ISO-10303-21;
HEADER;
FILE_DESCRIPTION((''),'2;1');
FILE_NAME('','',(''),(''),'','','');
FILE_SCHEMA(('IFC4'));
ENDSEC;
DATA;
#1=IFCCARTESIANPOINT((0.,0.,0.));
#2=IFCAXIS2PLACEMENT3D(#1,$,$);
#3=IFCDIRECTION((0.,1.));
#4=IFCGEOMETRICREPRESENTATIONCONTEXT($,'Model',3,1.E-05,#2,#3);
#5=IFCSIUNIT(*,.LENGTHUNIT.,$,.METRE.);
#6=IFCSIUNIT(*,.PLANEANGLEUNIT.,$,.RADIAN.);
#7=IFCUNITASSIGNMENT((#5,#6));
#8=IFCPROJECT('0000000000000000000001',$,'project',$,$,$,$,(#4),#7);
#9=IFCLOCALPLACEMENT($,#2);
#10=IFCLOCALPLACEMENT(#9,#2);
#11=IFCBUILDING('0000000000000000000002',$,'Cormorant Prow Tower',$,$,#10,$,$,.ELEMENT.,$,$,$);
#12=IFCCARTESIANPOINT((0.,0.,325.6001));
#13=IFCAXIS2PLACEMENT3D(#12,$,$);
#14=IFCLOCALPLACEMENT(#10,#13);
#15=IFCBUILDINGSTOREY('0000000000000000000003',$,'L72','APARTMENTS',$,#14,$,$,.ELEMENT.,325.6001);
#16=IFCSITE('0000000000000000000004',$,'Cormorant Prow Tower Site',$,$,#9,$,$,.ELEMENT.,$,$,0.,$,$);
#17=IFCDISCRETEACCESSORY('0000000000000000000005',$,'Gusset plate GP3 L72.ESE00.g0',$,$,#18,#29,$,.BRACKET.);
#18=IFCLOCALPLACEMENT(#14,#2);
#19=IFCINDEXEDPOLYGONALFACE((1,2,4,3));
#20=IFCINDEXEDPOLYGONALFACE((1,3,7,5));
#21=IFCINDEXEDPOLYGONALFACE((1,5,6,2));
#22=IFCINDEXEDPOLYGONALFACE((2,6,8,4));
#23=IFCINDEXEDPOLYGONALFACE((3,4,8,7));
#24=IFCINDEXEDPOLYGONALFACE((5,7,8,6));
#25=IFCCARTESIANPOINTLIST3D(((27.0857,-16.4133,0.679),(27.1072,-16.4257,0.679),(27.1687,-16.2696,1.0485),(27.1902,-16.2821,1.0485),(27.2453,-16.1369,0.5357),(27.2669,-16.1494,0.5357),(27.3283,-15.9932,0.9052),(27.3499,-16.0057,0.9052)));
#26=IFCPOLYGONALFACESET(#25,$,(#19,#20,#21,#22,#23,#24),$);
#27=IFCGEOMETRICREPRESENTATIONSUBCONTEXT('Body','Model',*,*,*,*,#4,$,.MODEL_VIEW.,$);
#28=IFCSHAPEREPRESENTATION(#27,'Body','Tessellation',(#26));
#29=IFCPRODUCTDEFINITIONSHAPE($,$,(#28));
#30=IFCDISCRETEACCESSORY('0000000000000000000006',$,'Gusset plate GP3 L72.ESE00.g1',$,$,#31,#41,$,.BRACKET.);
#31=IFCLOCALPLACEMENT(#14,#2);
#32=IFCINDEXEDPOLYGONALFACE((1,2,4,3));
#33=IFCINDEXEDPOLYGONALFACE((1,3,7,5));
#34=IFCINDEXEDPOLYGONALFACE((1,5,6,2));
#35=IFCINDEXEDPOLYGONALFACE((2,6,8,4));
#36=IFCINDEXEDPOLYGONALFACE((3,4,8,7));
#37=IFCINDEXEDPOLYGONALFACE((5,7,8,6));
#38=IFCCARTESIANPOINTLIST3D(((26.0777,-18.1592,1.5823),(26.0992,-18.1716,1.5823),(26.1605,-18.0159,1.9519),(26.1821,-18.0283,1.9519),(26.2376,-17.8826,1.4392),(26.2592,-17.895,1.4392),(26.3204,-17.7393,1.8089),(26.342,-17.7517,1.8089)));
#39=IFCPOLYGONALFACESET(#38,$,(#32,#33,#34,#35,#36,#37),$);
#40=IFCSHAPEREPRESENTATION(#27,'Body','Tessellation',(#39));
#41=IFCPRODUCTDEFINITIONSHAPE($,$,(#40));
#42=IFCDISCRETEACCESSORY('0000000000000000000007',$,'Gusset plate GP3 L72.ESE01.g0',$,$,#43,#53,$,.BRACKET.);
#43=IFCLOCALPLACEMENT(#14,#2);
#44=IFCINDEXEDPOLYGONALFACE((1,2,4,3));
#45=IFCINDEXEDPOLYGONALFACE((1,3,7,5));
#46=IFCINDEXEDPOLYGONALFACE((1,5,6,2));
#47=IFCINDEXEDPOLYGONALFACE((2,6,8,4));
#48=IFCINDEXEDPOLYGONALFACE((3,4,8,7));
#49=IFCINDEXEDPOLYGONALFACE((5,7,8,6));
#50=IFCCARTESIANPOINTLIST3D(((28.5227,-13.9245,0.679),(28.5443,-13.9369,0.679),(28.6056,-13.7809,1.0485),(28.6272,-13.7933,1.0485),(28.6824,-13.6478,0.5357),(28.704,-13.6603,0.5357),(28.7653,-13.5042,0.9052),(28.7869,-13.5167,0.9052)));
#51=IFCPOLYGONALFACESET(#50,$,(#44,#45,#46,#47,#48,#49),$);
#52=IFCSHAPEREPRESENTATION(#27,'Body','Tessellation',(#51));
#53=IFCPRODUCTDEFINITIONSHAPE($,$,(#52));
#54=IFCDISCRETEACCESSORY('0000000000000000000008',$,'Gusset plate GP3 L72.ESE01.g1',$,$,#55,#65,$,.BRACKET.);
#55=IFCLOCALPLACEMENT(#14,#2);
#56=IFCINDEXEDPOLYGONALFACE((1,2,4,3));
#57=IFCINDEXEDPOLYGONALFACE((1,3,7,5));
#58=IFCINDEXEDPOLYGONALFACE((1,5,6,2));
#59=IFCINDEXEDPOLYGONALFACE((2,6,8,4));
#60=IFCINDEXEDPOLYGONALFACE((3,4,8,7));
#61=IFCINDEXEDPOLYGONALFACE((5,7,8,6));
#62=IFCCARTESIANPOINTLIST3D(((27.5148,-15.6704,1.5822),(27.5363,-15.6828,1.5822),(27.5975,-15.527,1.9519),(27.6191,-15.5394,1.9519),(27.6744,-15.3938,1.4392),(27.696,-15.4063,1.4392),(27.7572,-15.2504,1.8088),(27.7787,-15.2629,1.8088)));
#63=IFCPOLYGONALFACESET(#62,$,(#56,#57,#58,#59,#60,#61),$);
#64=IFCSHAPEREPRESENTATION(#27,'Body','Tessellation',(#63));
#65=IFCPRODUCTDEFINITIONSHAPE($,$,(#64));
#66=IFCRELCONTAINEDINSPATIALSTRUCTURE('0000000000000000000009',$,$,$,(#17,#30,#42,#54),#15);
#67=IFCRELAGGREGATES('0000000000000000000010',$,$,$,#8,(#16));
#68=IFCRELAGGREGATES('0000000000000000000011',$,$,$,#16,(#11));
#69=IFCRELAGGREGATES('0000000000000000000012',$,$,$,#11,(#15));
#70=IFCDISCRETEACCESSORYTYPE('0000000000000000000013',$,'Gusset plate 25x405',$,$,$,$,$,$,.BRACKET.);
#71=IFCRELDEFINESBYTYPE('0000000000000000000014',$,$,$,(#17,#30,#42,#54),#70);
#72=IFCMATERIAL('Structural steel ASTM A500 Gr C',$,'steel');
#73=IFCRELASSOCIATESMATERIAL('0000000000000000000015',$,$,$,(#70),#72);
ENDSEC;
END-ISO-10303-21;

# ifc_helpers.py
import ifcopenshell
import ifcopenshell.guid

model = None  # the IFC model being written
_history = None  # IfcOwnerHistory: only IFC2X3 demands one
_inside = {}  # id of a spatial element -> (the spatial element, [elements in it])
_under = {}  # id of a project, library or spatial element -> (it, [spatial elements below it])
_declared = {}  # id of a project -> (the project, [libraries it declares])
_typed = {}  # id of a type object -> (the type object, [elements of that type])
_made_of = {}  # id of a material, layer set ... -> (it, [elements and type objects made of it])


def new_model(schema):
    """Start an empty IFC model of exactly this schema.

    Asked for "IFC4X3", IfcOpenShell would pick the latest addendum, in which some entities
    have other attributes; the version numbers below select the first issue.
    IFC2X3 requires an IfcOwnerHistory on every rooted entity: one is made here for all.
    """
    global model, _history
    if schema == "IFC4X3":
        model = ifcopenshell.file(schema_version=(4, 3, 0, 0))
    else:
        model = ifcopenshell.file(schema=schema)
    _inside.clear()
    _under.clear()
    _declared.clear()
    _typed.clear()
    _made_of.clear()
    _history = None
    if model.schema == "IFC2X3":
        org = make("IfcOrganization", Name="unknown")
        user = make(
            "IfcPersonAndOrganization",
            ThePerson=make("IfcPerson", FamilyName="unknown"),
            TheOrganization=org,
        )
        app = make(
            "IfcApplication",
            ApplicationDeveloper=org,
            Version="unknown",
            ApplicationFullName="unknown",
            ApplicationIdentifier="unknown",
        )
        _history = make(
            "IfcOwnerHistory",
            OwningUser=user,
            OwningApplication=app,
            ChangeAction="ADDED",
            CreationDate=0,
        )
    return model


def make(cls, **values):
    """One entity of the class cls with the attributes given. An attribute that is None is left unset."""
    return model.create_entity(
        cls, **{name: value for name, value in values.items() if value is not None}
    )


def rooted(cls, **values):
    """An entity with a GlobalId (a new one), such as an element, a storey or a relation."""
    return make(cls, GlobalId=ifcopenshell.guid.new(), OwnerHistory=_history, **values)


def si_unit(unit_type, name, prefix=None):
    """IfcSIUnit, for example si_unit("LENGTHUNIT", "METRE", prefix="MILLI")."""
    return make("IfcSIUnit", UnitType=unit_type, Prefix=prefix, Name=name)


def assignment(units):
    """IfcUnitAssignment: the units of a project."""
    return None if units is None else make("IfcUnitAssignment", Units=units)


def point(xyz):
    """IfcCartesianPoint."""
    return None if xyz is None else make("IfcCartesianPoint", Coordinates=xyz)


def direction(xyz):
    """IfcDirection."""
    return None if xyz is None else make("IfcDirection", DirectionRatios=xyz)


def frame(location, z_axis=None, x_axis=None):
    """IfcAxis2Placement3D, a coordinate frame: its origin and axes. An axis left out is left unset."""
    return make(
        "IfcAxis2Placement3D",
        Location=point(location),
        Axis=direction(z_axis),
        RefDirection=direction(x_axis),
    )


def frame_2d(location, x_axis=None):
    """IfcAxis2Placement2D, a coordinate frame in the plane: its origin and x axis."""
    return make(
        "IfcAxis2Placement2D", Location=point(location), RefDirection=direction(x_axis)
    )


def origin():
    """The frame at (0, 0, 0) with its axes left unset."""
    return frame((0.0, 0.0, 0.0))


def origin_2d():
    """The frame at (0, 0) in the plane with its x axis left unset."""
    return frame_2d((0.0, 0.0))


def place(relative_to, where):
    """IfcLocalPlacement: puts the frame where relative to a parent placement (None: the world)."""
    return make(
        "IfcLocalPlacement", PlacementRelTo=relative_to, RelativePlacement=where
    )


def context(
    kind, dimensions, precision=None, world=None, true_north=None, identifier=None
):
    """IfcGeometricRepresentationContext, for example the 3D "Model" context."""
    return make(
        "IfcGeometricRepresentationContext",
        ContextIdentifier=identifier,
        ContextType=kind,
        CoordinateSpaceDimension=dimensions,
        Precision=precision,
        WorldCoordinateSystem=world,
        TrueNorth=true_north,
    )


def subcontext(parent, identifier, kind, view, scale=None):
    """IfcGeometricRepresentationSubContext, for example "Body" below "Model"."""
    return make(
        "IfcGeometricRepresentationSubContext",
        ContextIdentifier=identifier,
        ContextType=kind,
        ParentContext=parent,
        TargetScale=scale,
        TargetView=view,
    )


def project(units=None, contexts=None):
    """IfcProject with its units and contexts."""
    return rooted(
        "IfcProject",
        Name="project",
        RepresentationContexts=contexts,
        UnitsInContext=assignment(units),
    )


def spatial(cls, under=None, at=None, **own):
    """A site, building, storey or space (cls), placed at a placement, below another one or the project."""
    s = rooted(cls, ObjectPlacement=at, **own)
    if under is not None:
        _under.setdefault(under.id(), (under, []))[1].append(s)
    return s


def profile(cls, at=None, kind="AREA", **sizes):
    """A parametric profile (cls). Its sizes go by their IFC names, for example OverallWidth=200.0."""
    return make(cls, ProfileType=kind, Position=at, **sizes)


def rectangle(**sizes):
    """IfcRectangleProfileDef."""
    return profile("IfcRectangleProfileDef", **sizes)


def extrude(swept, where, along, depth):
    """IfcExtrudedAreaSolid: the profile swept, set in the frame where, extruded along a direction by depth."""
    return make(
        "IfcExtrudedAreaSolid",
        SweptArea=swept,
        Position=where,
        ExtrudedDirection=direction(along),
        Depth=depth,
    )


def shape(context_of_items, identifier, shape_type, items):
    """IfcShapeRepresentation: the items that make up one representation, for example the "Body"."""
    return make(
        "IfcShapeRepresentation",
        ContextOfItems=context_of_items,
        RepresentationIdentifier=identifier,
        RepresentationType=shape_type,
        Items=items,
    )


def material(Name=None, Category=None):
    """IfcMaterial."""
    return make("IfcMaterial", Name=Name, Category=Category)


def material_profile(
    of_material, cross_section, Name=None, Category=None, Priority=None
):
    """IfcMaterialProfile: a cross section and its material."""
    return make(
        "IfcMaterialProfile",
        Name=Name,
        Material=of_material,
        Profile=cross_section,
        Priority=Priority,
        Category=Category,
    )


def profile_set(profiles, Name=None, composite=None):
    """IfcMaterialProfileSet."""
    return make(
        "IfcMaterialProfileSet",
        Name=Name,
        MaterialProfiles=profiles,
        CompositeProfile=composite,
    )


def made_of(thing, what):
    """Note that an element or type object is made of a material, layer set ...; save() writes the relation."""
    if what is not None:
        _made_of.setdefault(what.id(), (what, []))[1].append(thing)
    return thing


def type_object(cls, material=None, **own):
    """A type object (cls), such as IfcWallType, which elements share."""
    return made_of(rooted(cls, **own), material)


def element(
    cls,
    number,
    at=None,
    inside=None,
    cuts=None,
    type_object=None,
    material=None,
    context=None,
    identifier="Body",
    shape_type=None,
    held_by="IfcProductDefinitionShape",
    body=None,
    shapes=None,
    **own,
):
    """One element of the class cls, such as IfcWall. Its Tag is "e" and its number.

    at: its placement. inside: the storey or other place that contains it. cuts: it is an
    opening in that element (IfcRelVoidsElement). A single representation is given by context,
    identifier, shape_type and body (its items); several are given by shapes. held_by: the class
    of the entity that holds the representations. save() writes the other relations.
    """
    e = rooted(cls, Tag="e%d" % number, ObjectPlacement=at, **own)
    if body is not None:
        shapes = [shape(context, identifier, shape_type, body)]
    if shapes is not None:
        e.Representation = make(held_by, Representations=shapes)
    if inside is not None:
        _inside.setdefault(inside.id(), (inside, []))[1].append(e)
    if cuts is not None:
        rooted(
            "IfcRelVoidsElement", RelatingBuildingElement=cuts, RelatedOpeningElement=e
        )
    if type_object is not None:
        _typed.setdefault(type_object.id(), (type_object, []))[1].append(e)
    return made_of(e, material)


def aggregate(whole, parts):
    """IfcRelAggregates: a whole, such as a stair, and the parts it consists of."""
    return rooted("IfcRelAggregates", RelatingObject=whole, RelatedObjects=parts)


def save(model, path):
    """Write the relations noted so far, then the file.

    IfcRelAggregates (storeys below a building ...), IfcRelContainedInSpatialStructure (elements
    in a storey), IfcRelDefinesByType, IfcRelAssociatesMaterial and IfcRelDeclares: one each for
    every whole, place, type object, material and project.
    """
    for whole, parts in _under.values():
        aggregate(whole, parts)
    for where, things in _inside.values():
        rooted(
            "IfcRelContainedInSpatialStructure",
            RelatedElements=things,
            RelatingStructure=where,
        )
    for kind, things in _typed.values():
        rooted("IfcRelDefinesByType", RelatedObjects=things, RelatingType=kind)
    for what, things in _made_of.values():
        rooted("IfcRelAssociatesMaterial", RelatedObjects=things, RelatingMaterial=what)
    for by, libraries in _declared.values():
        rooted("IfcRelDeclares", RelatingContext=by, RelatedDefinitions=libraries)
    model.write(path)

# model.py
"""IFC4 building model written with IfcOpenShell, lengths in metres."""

from ifc_helpers import new_model, si_unit, direction, frame, origin, origin_2d, place, context, subcontext, project, spatial, rectangle, extrude, material, material_profile, profile_set, type_object, element, save


model = new_model("IFC4")

# Units and contexts
model_context = context("Model", 3, precision=1e-05, world=origin(), true_north=direction((0.0, 1.0)))
body_context = subcontext(model_context, "Body", "Model", "MODEL_VIEW")
ifc_project = project(units=[si_unit("LENGTHUNIT", "METRE"), si_unit("PLANEANGLEUNIT", "RADIAN")], contexts=[model_context])

# Site, building, storey
site_placement = place(None, origin())
site = spatial("IfcSite", under=ifc_project, at=site_placement, Name="Cormorant Prow Tower Site", CompositionType="ELEMENT", RefElevation=0.0)
building_placement = place(site_placement, origin())
building = spatial("IfcBuilding", under=site, at=building_placement, Name="Cormorant Prow Tower", CompositionType="ELEMENT")
storey_placement = place(building_placement, frame((0.0, 0.0, 325.6001)))
storey = spatial("IfcBuildingStorey", under=building, at=storey_placement, Name="L72", Description="APARTMENTS", CompositionType="ELEMENT", Elevation=325.6001)

# Discrete accessories
ifc_material_1 = material(Name="Structural steel ASTM A500 Gr C", Category="steel")
ifc_material_profile_1 = material_profile(ifc_material_1, rectangle(XDim=0.0249, YDim=0.405, at=origin_2d()), Name="Gusset plate 25x405")
ifc_profile_set_1 = profile_set([ifc_material_profile_1], Name="Structural steel ASTM A500 Gr C")
discrete_accessory_type = type_object("IfcDiscreteAccessoryType", Name="Gusset plate 25x405", PredefinedType="BRACKET", material=ifc_profile_set_1)
discrete_accessory_1_placement = place(storey_placement, frame((27.1379, -16.3477, 0.8638), z_axis=(0.456361, 0.789909, -0.409608), x_axis=(-0.86588, 0.500252, 0.0)))
element("IfcDiscreteAccessory", 1, at=discrete_accessory_1_placement, inside=storey, type_object=discrete_accessory_type, Name="Gusset plate GP3 L72.ESE00.g0", PredefinedType="BRACKET", context=body_context, shape_type="SweptSolid", body=[
    extrude(rectangle(XDim=0.0249, YDim=0.405, at=origin_2d()), origin(), (0.0, 0.0, 1.0), 0.3499),
])
for number, where, z_axis, x_axis, name in (
    (2, (26.2898, -17.8171, 1.624), (-0.456792, -0.790145, 0.408672), (0.86574, -0.500494, 0.0), "Gusset plate GP3 L72.ESE00.g1"),
    (3, (28.575, -13.8589, 0.8638), (0.456109, 0.790171, -0.409383), (-0.866071, 0.499921, 0.0), "Gusset plate GP3 L72.ESE01.g0"),
):
    element("IfcDiscreteAccessory", number, at=place(storey_placement, frame(where, z_axis=z_axis, x_axis=x_axis)), inside=storey, type_object=discrete_accessory_type, Name=name, PredefinedType="BRACKET", context=body_context, shape_type="SweptSolid", body=[
        extrude(rectangle(XDim=0.0249, YDim=0.405, at=origin_2d()), origin(), (0.0, 0.0, 1.0), 0.3501),
    ])
discrete_accessory_2_placement = place(storey_placement, frame((27.7266, -15.3284, 1.624), z_axis=(-0.456239, -0.790397, 0.408802), x_axis=(0.866071, -0.499921, 0.0)))
element("IfcDiscreteAccessory", 4, at=discrete_accessory_2_placement, inside=storey, type_object=discrete_accessory_type, Name="Gusset plate GP3 L72.ESE01.g1", PredefinedType="BRACKET", context=body_context, shape_type="SweptSolid", body=[
    extrude(rectangle(XDim=0.0249, YDim=0.405, at=origin_2d()), origin(), (0.0, 0.0, 1.0), 0.3499),
])

save(model, "model.ifc")
